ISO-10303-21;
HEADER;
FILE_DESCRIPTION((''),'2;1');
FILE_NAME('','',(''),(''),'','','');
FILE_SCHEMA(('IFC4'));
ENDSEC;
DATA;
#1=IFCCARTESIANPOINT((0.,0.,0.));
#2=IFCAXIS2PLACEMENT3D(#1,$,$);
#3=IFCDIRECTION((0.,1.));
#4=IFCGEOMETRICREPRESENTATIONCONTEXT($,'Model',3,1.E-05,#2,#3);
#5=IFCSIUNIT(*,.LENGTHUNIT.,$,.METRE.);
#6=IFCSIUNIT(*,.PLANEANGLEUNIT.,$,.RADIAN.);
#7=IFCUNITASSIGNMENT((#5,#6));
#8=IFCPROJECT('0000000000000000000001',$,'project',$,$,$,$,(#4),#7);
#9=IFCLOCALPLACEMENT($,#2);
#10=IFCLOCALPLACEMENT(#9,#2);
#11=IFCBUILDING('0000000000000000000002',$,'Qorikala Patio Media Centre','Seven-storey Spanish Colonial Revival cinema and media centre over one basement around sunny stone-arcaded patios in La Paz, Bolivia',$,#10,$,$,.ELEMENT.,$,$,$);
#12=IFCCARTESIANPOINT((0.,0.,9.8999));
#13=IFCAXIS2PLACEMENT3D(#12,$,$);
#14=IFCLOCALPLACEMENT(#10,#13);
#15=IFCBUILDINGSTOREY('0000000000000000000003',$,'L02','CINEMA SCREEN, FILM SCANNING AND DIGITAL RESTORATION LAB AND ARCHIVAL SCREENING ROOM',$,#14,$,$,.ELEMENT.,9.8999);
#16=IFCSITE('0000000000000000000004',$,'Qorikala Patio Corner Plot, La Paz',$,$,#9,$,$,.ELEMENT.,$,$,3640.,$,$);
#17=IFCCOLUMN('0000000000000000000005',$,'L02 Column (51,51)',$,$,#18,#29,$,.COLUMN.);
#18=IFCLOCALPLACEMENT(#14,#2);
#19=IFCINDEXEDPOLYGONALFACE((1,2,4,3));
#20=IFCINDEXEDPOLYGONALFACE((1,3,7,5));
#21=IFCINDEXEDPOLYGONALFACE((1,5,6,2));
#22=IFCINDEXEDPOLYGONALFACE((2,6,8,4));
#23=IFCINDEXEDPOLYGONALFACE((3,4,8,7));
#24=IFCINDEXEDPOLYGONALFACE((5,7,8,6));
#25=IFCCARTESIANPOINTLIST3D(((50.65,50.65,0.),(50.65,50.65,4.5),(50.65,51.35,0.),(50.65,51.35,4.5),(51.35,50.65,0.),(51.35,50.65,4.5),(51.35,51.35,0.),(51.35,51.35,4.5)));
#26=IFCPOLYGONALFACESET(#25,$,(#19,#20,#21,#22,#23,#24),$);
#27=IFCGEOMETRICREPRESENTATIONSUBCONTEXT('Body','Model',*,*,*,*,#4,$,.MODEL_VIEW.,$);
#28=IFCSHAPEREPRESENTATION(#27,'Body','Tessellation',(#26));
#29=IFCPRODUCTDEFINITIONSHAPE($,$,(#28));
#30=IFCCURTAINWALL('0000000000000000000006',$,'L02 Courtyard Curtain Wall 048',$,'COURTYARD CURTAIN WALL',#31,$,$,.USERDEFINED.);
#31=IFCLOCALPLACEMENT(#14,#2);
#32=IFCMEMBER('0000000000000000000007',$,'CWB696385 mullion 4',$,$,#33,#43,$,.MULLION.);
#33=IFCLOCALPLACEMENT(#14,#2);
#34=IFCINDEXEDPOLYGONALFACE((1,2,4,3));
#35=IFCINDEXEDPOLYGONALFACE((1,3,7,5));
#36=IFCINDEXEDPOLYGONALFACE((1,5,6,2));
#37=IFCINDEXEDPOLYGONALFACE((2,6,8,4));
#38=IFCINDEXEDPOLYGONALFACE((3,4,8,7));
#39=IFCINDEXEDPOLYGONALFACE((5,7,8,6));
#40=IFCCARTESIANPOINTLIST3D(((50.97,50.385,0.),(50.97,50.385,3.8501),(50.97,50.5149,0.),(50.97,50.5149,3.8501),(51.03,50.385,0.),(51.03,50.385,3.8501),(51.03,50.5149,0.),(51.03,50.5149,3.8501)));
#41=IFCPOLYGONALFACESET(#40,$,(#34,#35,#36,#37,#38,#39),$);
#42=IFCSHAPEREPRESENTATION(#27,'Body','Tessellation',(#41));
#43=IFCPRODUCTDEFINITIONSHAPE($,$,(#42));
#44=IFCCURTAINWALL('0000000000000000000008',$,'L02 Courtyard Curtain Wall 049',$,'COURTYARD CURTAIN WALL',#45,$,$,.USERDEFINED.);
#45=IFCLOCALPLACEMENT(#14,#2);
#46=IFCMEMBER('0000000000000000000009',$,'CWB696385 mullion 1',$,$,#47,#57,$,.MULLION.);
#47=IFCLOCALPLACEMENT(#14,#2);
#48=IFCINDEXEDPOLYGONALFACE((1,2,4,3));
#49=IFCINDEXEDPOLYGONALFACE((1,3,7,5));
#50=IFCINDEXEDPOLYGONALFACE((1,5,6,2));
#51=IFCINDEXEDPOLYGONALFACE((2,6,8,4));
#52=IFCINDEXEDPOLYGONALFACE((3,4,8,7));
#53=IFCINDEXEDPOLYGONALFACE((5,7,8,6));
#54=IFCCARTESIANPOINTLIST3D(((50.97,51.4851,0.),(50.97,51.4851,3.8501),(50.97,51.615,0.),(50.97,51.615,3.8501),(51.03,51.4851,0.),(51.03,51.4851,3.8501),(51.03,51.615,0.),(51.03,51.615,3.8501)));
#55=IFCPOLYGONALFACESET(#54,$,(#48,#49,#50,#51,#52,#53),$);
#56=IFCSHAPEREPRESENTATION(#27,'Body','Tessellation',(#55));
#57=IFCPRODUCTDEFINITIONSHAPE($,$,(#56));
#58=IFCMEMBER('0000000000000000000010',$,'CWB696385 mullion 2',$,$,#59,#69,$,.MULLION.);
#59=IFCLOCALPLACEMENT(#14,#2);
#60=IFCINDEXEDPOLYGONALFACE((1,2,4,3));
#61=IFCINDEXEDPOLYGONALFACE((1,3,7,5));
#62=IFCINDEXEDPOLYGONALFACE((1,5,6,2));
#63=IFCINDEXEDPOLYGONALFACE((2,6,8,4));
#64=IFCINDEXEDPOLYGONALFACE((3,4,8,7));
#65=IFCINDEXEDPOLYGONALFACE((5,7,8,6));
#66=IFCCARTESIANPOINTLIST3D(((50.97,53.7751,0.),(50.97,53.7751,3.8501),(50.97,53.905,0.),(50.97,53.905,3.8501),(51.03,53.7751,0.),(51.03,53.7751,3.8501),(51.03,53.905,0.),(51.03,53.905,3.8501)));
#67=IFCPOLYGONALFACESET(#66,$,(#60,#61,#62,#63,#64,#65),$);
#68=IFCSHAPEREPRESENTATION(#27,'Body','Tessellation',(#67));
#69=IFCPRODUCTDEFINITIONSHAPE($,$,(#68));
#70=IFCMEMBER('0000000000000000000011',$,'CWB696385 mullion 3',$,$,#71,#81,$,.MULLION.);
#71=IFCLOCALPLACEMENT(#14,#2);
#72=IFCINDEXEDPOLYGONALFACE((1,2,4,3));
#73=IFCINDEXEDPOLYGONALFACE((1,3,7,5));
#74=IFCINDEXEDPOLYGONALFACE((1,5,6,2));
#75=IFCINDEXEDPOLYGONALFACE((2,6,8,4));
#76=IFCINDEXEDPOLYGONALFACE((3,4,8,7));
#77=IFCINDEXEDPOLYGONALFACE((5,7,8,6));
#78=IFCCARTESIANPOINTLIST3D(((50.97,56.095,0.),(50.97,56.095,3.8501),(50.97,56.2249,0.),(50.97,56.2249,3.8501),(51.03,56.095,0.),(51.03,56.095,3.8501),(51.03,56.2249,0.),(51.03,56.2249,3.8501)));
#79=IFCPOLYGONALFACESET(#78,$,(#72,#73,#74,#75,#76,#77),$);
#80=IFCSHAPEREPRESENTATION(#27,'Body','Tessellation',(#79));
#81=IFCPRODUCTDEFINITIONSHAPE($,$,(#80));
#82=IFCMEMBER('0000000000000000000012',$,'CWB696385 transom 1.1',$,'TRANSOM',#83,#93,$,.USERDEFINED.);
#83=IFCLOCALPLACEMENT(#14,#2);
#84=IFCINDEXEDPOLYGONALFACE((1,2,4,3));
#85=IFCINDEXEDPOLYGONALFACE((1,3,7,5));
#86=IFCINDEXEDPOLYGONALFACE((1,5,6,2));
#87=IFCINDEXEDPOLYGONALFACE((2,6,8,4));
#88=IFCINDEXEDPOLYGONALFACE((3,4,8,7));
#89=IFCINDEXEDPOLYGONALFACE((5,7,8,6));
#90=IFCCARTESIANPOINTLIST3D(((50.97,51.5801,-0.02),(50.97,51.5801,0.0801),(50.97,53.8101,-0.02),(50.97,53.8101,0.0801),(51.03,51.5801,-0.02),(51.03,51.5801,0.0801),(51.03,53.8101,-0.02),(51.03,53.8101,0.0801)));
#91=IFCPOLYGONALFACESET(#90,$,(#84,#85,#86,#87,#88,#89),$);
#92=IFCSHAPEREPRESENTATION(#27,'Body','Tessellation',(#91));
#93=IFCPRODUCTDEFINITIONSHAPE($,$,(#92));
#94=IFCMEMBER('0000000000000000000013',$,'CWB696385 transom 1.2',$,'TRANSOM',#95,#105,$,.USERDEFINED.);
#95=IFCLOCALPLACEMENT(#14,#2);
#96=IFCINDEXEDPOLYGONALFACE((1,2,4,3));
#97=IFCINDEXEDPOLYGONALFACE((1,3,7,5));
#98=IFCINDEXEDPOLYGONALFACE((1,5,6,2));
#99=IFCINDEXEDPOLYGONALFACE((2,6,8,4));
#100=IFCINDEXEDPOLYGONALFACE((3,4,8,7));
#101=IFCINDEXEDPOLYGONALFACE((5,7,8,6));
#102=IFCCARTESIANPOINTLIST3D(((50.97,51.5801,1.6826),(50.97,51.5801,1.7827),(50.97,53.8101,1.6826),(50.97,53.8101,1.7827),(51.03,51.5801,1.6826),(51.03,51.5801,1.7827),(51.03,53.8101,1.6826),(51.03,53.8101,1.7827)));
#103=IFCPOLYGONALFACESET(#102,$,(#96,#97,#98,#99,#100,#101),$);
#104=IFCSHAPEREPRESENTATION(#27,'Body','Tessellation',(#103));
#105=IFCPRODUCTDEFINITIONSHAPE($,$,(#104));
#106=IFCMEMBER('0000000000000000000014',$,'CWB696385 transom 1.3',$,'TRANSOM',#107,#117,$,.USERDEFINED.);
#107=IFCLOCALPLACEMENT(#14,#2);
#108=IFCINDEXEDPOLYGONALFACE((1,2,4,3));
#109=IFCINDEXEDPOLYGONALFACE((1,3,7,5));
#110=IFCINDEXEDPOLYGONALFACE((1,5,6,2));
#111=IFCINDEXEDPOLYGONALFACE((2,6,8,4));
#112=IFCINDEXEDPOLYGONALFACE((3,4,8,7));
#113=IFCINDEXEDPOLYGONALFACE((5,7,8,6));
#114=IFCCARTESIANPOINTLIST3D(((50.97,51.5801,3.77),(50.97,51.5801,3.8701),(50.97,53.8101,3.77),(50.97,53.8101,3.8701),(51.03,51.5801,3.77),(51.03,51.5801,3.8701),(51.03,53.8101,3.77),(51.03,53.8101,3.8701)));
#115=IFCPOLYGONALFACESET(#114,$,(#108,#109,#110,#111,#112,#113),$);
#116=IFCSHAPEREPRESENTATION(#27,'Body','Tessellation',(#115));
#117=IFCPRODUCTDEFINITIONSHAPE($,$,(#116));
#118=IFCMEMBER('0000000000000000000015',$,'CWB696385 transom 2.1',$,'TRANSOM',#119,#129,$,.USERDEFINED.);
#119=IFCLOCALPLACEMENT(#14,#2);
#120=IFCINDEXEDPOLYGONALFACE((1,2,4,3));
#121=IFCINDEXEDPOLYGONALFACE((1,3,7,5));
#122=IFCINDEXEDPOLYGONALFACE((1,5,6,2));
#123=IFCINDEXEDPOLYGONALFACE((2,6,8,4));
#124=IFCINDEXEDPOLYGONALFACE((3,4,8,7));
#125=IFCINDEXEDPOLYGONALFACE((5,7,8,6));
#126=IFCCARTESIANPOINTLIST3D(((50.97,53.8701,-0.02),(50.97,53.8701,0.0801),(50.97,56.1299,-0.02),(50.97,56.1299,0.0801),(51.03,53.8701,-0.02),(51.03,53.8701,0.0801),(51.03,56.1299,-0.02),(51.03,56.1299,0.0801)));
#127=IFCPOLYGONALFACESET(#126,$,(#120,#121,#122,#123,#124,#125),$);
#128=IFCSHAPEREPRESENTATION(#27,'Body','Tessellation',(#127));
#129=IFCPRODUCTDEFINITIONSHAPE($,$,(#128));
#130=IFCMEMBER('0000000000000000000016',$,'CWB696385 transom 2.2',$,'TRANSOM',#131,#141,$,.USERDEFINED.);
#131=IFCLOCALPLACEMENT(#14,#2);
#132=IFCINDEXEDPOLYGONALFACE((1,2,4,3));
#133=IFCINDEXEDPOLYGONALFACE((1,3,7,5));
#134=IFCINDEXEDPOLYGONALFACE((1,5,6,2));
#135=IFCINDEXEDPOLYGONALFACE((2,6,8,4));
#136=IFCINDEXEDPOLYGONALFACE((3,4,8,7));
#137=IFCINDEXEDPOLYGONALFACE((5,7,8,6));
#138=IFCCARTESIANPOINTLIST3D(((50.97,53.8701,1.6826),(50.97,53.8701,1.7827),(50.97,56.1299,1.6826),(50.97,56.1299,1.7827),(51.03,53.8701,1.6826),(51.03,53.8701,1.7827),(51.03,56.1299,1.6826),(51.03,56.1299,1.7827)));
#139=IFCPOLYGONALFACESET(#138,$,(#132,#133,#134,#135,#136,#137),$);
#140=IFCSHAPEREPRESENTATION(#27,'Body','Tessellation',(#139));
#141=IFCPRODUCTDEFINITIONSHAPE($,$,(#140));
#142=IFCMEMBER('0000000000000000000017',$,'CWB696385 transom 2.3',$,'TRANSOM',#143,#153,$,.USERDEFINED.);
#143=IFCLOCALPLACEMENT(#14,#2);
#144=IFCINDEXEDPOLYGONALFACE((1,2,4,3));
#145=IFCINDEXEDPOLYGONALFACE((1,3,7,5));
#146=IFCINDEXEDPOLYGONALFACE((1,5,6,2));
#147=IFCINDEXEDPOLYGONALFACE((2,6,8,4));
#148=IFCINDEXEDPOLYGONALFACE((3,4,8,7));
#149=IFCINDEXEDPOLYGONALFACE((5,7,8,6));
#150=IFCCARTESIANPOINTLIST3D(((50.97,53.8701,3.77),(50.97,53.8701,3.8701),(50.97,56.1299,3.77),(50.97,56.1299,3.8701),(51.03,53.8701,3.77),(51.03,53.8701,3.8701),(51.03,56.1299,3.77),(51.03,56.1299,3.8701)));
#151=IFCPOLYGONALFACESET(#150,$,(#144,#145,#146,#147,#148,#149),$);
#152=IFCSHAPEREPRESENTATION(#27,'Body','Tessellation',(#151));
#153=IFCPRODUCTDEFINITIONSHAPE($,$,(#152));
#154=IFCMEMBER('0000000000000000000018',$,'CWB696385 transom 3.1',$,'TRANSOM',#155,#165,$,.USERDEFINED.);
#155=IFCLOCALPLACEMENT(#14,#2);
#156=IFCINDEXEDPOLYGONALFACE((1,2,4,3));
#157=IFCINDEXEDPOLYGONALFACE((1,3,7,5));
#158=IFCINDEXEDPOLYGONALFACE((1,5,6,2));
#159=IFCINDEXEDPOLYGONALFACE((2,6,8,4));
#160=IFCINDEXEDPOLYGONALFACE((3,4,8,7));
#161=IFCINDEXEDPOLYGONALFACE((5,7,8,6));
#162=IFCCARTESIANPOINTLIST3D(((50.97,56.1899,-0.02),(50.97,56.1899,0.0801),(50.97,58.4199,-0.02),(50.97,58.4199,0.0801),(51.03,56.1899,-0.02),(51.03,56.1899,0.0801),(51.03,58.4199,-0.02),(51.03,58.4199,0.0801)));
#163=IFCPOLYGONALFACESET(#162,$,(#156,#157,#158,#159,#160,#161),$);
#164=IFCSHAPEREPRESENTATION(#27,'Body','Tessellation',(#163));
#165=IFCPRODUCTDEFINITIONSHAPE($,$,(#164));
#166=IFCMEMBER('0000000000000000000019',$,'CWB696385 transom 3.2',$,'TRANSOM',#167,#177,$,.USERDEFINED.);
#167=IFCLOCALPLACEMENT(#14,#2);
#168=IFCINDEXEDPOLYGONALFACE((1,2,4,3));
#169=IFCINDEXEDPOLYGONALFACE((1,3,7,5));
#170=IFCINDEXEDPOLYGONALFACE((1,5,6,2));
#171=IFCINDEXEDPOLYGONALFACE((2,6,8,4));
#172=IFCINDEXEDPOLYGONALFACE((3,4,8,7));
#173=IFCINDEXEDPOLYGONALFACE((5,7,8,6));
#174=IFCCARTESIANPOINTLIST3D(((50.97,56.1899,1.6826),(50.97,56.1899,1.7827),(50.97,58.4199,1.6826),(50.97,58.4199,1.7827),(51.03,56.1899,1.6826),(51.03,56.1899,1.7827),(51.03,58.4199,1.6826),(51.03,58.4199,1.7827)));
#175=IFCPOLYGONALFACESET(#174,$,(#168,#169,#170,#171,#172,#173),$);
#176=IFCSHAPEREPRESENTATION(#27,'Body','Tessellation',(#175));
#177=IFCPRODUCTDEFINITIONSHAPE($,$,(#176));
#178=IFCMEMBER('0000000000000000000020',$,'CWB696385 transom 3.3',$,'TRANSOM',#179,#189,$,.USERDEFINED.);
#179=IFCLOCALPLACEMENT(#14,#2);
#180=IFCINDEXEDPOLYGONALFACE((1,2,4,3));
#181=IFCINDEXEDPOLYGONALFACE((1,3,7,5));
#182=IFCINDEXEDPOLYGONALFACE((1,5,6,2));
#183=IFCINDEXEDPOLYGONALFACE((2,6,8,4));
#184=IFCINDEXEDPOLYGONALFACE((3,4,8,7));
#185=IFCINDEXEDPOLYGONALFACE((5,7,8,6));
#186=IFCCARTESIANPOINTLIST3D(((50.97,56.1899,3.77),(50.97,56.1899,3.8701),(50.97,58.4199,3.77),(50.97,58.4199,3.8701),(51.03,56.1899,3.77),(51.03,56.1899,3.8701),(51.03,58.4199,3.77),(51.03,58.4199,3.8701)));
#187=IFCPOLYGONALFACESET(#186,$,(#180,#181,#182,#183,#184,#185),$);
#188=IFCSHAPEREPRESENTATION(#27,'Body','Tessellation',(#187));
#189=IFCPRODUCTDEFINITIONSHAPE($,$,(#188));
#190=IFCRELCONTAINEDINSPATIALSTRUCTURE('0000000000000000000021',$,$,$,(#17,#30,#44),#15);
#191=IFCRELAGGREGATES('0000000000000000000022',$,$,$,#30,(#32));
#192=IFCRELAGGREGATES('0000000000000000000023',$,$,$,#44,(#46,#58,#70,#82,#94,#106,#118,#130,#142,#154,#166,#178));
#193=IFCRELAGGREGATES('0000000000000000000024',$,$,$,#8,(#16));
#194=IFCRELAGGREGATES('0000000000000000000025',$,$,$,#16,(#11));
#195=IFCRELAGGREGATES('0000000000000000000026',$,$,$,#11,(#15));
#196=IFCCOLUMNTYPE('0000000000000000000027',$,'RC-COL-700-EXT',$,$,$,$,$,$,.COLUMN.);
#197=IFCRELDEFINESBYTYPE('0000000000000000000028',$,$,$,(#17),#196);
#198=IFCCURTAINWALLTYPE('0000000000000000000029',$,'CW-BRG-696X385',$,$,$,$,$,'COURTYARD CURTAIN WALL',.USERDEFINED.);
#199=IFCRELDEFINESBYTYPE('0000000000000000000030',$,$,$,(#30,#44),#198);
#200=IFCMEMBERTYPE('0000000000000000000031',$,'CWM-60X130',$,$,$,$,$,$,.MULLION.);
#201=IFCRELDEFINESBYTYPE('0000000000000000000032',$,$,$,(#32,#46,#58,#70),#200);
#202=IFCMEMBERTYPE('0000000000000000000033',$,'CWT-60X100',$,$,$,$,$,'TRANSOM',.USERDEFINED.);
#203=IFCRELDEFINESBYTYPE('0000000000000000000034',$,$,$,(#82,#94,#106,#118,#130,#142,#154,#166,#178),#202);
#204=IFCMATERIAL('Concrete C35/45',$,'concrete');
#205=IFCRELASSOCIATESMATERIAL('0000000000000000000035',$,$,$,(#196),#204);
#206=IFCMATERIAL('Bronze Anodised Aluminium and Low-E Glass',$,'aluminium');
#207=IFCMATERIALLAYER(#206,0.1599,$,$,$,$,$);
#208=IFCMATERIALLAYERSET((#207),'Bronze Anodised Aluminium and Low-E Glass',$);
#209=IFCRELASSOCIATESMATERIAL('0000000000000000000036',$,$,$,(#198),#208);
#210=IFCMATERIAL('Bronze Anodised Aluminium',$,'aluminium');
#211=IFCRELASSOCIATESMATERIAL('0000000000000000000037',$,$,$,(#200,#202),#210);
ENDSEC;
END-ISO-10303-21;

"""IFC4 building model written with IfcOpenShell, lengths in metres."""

from ifc_helpers import new_model, si_unit, direction, frame, origin, origin_2d, place, context, subcontext, project, spatial, rectangle, extrude, material, layer, layer_set, material_profile, profile_set, type_object, element, aggregate, save


model = new_model("IFC4")

# Units and contexts
model_context = context("Model", 3, precision=1e-05, world=origin(), true_north=direction((0.0, 1.0)))
body_context = subcontext(model_context, "Body", "Model", "MODEL_VIEW")
ifc_project = project(units=[si_unit("LENGTHUNIT", "METRE"), si_unit("PLANEANGLEUNIT", "RADIAN")], contexts=[model_context])

# Site, building, storey
site_placement = place(None, origin())
site = spatial("IfcSite", under=ifc_project, at=site_placement, Name="Qorikala Patio Corner Plot, La Paz", CompositionType="ELEMENT", RefElevation=3640.0)
building_placement = place(site_placement, origin())
building = spatial("IfcBuilding", under=site, at=building_placement, Name="Qorikala Patio Media Centre", Description="Seven-storey Spanish Colonial Revival cinema and media centre over one basement around sunny stone-arcaded patios in La Paz, Bolivia", CompositionType="ELEMENT")
storey_placement = place(building_placement, frame((0.0, 0.0, 9.8999)))
storey = spatial("IfcBuildingStorey", under=building, at=storey_placement, Name="L02", Description="CINEMA SCREEN, FILM SCANNING AND DIGITAL RESTORATION LAB AND ARCHIVAL SCREENING ROOM", CompositionType="ELEMENT", Elevation=9.8999)

# Column
ifc_material_1 = material(Name="Concrete C35/45", Category="concrete")
ifc_material_profile_1 = material_profile(ifc_material_1, rectangle(XDim=0.7, YDim=0.7, at=origin_2d()), Name="RC 700x700")
ifc_profile_set_1 = profile_set([ifc_material_profile_1], Name="Concrete C35/45")
column_type = type_object("IfcColumnType", Name="RC-COL-700-EXT", PredefinedType="COLUMN", material=ifc_profile_set_1)
column_placement = place(storey_placement, frame((51.0, 51.0, 0.0), z_axis=(0.0, 0.0, 1.0), x_axis=(1.0, 0.0, 0.0)))
element("IfcColumn", 1, at=column_placement, inside=storey, type_object=column_type, Name="L02 Column (51,51)", PredefinedType="COLUMN", context=body_context, shape_type="SweptSolid", body=[
    extrude(rectangle(XDim=0.7, YDim=0.7, at=origin_2d()), origin(), (0.0, 0.0, 1.0), 4.5),
])

# Curtain wall, member
ifc_material_2 = material(Name="Bronze Anodised Aluminium and Low-E Glass", Category="aluminium")
ifc_layer_1 = layer(ifc_material_2, 0.1599)
ifc_layer_set_1 = layer_set([ifc_layer_1], Name="Bronze Anodised Aluminium and Low-E Glass")
curtain_wall_type = type_object("IfcCurtainWallType", Name="CW-BRG-696X385", ElementType="COURTYARD CURTAIN WALL", PredefinedType="USERDEFINED", material=ifc_layer_set_1)
curtain_wall_1_placement = place(storey_placement, origin())
curtain_wall_1 = element("IfcCurtainWall", 2, at=curtain_wall_1_placement, inside=storey, type_object=curtain_wall_type, Name="L02 Courtyard Curtain Wall 048", ObjectType="COURTYARD CURTAIN WALL", PredefinedType="USERDEFINED")
ifc_material_3 = material(Name="Bronze Anodised Aluminium", Category="aluminium")
ifc_material_profile_2 = material_profile(ifc_material_3, rectangle(XDim=0.0601, YDim=0.1299, at=origin_2d()), Name="ALU MULLION 60x130")
ifc_profile_set_2 = profile_set([ifc_material_profile_2], Name="Bronze Anodised Aluminium")
member_type_1 = type_object("IfcMemberType", Name="CWM-60X130", PredefinedType="MULLION", material=ifc_profile_set_2)
member_1_placement = place(storey_placement, frame((51.0, 50.45, 0.0), z_axis=(0.0, 0.0, 1.0), x_axis=(-1.0, 0.0, 0.0)))
member_1 = element("IfcMember", 3, at=member_1_placement, type_object=member_type_1, Name="CWB696385 mullion 4", PredefinedType="MULLION", context=body_context, shape_type="SweptSolid", body=[
    extrude(rectangle(XDim=0.0601, YDim=0.1299, at=origin_2d()), origin(), (0.0, 0.0, 1.0), 3.8501),
])

# Curtain wall, members
curtain_wall_2_placement = place(storey_placement, origin())
curtain_wall_2 = element("IfcCurtainWall", 4, at=curtain_wall_2_placement, inside=storey, type_object=curtain_wall_type, Name="L02 Courtyard Curtain Wall 049", ObjectType="COURTYARD CURTAIN WALL", PredefinedType="USERDEFINED")
member_2_placement = place(storey_placement, frame((51.0, 51.55, 0.0), z_axis=(0.0, 0.0, 1.0), x_axis=(-1.0, 0.0, 0.0)))
member_2 = element("IfcMember", 5, at=member_2_placement, type_object=member_type_1, Name="CWB696385 mullion 1", PredefinedType="MULLION", context=body_context, shape_type="SweptSolid", body=[
    extrude(rectangle(XDim=0.0601, YDim=0.1299, at=origin_2d()), origin(), (0.0, 0.0, 1.0), 3.8501),
])
member_3_placement = place(storey_placement, frame((51.0, 53.8401, 0.0), z_axis=(0.0, 0.0, 1.0), x_axis=(-1.0, 0.0, 0.0)))
member_3 = element("IfcMember", 6, at=member_3_placement, type_object=member_type_1, Name="CWB696385 mullion 2", PredefinedType="MULLION", context=body_context, shape_type="SweptSolid", body=[
    extrude(rectangle(XDim=0.0601, YDim=0.1299, at=origin_2d()), origin(), (0.0, 0.0, 1.0), 3.8501),
])
member_4_placement = place(storey_placement, frame((51.0, 56.1599, 0.0), z_axis=(0.0, 0.0, 1.0), x_axis=(-1.0, 0.0, 0.0)))
member_4 = element("IfcMember", 7, at=member_4_placement, type_object=member_type_1, Name="CWB696385 mullion 3", PredefinedType="MULLION", context=body_context, shape_type="SweptSolid", body=[
    extrude(rectangle(XDim=0.0601, YDim=0.1299, at=origin_2d()), origin(), (0.0, 0.0, 1.0), 3.8501),
])
ifc_material_profile_3 = material_profile(ifc_material_3, rectangle(XDim=0.0601, YDim=0.1001, at=origin_2d()), Name="ALU TRANSOM 60x100")
ifc_profile_set_3 = profile_set([ifc_material_profile_3], Name="Bronze Anodised Aluminium")
member_type_2 = type_object("IfcMemberType", Name="CWT-60X100", ElementType="TRANSOM", PredefinedType="USERDEFINED", material=ifc_profile_set_3)
member_5_placement = place(storey_placement, frame((51.0, 51.5801, 0.03), z_axis=(0.0, 1.0, 0.0), x_axis=(-1.0, 0.0, 0.0)))
member_5 = element("IfcMember", 8, at=member_5_placement, type_object=member_type_2, Name="CWB696385 transom 1.1", ObjectType="TRANSOM", PredefinedType="USERDEFINED", context=body_context, shape_type="SweptSolid", body=[
    extrude(rectangle(XDim=0.0601, YDim=0.1001, at=origin_2d()), origin(), (0.0, 0.0, 1.0), 2.23),
])
member_6_placement = place(storey_placement, frame((51.0, 51.5801, 1.7327), z_axis=(0.0, 1.0, 0.0), x_axis=(-1.0, 0.0, 0.0)))
member_6 = element("IfcMember", 9, at=member_6_placement, type_object=member_type_2, Name="CWB696385 transom 1.2", ObjectType="TRANSOM", PredefinedType="USERDEFINED", context=body_context, shape_type="SweptSolid", body=[
    extrude(rectangle(XDim=0.0601, YDim=0.1001, at=origin_2d()), origin(), (0.0, 0.0, 1.0), 2.23),
])
member_7_placement = place(storey_placement, frame((51.0, 51.5801, 3.8201), z_axis=(0.0, 1.0, 0.0), x_axis=(-1.0, 0.0, 0.0)))
member_7 = element("IfcMember", 10, at=member_7_placement, type_object=member_type_2, Name="CWB696385 transom 1.3", ObjectType="TRANSOM", PredefinedType="USERDEFINED", context=body_context, shape_type="SweptSolid", body=[
    extrude(rectangle(XDim=0.0601, YDim=0.1001, at=origin_2d()), origin(), (0.0, 0.0, 1.0), 2.23),
])
member_8_placement = place(storey_placement, frame((51.0, 53.8701, 0.03), z_axis=(0.0, 1.0, 0.0), x_axis=(-1.0, 0.0, 0.0)))
member_8 = element("IfcMember", 11, at=member_8_placement, type_object=member_type_2, Name="CWB696385 transom 2.1", ObjectType="TRANSOM", PredefinedType="USERDEFINED", context=body_context, shape_type="SweptSolid", body=[
    extrude(rectangle(XDim=0.0601, YDim=0.1001, at=origin_2d()), origin(), (0.0, 0.0, 1.0), 2.2598),
])
member_9_placement = place(storey_placement, frame((51.0, 53.8701, 1.7327), z_axis=(0.0, 1.0, 0.0), x_axis=(-1.0, 0.0, 0.0)))
member_9 = element("IfcMember", 12, at=member_9_placement, type_object=member_type_2, Name="CWB696385 transom 2.2", ObjectType="TRANSOM", PredefinedType="USERDEFINED", context=body_context, shape_type="SweptSolid", body=[
    extrude(rectangle(XDim=0.0601, YDim=0.1001, at=origin_2d()), origin(), (0.0, 0.0, 1.0), 2.2598),
])
member_10_placement = place(storey_placement, frame((51.0, 53.8701, 3.8201), z_axis=(0.0, 1.0, 0.0), x_axis=(-1.0, 0.0, 0.0)))
member_10 = element("IfcMember", 13, at=member_10_placement, type_object=member_type_2, Name="CWB696385 transom 2.3", ObjectType="TRANSOM", PredefinedType="USERDEFINED", context=body_context, shape_type="SweptSolid", body=[
    extrude(rectangle(XDim=0.0601, YDim=0.1001, at=origin_2d()), origin(), (0.0, 0.0, 1.0), 2.2598),
])
member_11_placement = place(storey_placement, frame((51.0, 56.1899, 0.03), z_axis=(0.0, 1.0, 0.0), x_axis=(-1.0, 0.0, 0.0)))
member_11 = element("IfcMember", 14, at=member_11_placement, type_object=member_type_2, Name="CWB696385 transom 3.1", ObjectType="TRANSOM", PredefinedType="USERDEFINED", context=body_context, shape_type="SweptSolid", body=[
    extrude(rectangle(XDim=0.0601, YDim=0.1001, at=origin_2d()), origin(), (0.0, 0.0, 1.0), 2.23),
])
member_12_placement = place(storey_placement, frame((51.0, 56.1899, 1.7327), z_axis=(0.0, 1.0, 0.0), x_axis=(-1.0, 0.0, 0.0)))
member_12 = element("IfcMember", 15, at=member_12_placement, type_object=member_type_2, Name="CWB696385 transom 3.2", ObjectType="TRANSOM", PredefinedType="USERDEFINED", context=body_context, shape_type="SweptSolid", body=[
    extrude(rectangle(XDim=0.0601, YDim=0.1001, at=origin_2d()), origin(), (0.0, 0.0, 1.0), 2.23),
])
member_13_placement = place(storey_placement, frame((51.0, 56.1899, 3.8201), z_axis=(0.0, 1.0, 0.0), x_axis=(-1.0, 0.0, 0.0)))
member_13 = element("IfcMember", 16, at=member_13_placement, type_object=member_type_2, Name="CWB696385 transom 3.3", ObjectType="TRANSOM", PredefinedType="USERDEFINED", context=body_context, shape_type="SweptSolid", body=[
    extrude(rectangle(XDim=0.0601, YDim=0.1001, at=origin_2d()), origin(), (0.0, 0.0, 1.0), 2.23),
])

aggregate(curtain_wall_1, [member_1])
aggregate(curtain_wall_2, [member_2, member_3, member_4, member_5, member_6, member_7, member_8, member_9, member_10, member_11, member_12, member_13])

save(model, "model.ifc")
